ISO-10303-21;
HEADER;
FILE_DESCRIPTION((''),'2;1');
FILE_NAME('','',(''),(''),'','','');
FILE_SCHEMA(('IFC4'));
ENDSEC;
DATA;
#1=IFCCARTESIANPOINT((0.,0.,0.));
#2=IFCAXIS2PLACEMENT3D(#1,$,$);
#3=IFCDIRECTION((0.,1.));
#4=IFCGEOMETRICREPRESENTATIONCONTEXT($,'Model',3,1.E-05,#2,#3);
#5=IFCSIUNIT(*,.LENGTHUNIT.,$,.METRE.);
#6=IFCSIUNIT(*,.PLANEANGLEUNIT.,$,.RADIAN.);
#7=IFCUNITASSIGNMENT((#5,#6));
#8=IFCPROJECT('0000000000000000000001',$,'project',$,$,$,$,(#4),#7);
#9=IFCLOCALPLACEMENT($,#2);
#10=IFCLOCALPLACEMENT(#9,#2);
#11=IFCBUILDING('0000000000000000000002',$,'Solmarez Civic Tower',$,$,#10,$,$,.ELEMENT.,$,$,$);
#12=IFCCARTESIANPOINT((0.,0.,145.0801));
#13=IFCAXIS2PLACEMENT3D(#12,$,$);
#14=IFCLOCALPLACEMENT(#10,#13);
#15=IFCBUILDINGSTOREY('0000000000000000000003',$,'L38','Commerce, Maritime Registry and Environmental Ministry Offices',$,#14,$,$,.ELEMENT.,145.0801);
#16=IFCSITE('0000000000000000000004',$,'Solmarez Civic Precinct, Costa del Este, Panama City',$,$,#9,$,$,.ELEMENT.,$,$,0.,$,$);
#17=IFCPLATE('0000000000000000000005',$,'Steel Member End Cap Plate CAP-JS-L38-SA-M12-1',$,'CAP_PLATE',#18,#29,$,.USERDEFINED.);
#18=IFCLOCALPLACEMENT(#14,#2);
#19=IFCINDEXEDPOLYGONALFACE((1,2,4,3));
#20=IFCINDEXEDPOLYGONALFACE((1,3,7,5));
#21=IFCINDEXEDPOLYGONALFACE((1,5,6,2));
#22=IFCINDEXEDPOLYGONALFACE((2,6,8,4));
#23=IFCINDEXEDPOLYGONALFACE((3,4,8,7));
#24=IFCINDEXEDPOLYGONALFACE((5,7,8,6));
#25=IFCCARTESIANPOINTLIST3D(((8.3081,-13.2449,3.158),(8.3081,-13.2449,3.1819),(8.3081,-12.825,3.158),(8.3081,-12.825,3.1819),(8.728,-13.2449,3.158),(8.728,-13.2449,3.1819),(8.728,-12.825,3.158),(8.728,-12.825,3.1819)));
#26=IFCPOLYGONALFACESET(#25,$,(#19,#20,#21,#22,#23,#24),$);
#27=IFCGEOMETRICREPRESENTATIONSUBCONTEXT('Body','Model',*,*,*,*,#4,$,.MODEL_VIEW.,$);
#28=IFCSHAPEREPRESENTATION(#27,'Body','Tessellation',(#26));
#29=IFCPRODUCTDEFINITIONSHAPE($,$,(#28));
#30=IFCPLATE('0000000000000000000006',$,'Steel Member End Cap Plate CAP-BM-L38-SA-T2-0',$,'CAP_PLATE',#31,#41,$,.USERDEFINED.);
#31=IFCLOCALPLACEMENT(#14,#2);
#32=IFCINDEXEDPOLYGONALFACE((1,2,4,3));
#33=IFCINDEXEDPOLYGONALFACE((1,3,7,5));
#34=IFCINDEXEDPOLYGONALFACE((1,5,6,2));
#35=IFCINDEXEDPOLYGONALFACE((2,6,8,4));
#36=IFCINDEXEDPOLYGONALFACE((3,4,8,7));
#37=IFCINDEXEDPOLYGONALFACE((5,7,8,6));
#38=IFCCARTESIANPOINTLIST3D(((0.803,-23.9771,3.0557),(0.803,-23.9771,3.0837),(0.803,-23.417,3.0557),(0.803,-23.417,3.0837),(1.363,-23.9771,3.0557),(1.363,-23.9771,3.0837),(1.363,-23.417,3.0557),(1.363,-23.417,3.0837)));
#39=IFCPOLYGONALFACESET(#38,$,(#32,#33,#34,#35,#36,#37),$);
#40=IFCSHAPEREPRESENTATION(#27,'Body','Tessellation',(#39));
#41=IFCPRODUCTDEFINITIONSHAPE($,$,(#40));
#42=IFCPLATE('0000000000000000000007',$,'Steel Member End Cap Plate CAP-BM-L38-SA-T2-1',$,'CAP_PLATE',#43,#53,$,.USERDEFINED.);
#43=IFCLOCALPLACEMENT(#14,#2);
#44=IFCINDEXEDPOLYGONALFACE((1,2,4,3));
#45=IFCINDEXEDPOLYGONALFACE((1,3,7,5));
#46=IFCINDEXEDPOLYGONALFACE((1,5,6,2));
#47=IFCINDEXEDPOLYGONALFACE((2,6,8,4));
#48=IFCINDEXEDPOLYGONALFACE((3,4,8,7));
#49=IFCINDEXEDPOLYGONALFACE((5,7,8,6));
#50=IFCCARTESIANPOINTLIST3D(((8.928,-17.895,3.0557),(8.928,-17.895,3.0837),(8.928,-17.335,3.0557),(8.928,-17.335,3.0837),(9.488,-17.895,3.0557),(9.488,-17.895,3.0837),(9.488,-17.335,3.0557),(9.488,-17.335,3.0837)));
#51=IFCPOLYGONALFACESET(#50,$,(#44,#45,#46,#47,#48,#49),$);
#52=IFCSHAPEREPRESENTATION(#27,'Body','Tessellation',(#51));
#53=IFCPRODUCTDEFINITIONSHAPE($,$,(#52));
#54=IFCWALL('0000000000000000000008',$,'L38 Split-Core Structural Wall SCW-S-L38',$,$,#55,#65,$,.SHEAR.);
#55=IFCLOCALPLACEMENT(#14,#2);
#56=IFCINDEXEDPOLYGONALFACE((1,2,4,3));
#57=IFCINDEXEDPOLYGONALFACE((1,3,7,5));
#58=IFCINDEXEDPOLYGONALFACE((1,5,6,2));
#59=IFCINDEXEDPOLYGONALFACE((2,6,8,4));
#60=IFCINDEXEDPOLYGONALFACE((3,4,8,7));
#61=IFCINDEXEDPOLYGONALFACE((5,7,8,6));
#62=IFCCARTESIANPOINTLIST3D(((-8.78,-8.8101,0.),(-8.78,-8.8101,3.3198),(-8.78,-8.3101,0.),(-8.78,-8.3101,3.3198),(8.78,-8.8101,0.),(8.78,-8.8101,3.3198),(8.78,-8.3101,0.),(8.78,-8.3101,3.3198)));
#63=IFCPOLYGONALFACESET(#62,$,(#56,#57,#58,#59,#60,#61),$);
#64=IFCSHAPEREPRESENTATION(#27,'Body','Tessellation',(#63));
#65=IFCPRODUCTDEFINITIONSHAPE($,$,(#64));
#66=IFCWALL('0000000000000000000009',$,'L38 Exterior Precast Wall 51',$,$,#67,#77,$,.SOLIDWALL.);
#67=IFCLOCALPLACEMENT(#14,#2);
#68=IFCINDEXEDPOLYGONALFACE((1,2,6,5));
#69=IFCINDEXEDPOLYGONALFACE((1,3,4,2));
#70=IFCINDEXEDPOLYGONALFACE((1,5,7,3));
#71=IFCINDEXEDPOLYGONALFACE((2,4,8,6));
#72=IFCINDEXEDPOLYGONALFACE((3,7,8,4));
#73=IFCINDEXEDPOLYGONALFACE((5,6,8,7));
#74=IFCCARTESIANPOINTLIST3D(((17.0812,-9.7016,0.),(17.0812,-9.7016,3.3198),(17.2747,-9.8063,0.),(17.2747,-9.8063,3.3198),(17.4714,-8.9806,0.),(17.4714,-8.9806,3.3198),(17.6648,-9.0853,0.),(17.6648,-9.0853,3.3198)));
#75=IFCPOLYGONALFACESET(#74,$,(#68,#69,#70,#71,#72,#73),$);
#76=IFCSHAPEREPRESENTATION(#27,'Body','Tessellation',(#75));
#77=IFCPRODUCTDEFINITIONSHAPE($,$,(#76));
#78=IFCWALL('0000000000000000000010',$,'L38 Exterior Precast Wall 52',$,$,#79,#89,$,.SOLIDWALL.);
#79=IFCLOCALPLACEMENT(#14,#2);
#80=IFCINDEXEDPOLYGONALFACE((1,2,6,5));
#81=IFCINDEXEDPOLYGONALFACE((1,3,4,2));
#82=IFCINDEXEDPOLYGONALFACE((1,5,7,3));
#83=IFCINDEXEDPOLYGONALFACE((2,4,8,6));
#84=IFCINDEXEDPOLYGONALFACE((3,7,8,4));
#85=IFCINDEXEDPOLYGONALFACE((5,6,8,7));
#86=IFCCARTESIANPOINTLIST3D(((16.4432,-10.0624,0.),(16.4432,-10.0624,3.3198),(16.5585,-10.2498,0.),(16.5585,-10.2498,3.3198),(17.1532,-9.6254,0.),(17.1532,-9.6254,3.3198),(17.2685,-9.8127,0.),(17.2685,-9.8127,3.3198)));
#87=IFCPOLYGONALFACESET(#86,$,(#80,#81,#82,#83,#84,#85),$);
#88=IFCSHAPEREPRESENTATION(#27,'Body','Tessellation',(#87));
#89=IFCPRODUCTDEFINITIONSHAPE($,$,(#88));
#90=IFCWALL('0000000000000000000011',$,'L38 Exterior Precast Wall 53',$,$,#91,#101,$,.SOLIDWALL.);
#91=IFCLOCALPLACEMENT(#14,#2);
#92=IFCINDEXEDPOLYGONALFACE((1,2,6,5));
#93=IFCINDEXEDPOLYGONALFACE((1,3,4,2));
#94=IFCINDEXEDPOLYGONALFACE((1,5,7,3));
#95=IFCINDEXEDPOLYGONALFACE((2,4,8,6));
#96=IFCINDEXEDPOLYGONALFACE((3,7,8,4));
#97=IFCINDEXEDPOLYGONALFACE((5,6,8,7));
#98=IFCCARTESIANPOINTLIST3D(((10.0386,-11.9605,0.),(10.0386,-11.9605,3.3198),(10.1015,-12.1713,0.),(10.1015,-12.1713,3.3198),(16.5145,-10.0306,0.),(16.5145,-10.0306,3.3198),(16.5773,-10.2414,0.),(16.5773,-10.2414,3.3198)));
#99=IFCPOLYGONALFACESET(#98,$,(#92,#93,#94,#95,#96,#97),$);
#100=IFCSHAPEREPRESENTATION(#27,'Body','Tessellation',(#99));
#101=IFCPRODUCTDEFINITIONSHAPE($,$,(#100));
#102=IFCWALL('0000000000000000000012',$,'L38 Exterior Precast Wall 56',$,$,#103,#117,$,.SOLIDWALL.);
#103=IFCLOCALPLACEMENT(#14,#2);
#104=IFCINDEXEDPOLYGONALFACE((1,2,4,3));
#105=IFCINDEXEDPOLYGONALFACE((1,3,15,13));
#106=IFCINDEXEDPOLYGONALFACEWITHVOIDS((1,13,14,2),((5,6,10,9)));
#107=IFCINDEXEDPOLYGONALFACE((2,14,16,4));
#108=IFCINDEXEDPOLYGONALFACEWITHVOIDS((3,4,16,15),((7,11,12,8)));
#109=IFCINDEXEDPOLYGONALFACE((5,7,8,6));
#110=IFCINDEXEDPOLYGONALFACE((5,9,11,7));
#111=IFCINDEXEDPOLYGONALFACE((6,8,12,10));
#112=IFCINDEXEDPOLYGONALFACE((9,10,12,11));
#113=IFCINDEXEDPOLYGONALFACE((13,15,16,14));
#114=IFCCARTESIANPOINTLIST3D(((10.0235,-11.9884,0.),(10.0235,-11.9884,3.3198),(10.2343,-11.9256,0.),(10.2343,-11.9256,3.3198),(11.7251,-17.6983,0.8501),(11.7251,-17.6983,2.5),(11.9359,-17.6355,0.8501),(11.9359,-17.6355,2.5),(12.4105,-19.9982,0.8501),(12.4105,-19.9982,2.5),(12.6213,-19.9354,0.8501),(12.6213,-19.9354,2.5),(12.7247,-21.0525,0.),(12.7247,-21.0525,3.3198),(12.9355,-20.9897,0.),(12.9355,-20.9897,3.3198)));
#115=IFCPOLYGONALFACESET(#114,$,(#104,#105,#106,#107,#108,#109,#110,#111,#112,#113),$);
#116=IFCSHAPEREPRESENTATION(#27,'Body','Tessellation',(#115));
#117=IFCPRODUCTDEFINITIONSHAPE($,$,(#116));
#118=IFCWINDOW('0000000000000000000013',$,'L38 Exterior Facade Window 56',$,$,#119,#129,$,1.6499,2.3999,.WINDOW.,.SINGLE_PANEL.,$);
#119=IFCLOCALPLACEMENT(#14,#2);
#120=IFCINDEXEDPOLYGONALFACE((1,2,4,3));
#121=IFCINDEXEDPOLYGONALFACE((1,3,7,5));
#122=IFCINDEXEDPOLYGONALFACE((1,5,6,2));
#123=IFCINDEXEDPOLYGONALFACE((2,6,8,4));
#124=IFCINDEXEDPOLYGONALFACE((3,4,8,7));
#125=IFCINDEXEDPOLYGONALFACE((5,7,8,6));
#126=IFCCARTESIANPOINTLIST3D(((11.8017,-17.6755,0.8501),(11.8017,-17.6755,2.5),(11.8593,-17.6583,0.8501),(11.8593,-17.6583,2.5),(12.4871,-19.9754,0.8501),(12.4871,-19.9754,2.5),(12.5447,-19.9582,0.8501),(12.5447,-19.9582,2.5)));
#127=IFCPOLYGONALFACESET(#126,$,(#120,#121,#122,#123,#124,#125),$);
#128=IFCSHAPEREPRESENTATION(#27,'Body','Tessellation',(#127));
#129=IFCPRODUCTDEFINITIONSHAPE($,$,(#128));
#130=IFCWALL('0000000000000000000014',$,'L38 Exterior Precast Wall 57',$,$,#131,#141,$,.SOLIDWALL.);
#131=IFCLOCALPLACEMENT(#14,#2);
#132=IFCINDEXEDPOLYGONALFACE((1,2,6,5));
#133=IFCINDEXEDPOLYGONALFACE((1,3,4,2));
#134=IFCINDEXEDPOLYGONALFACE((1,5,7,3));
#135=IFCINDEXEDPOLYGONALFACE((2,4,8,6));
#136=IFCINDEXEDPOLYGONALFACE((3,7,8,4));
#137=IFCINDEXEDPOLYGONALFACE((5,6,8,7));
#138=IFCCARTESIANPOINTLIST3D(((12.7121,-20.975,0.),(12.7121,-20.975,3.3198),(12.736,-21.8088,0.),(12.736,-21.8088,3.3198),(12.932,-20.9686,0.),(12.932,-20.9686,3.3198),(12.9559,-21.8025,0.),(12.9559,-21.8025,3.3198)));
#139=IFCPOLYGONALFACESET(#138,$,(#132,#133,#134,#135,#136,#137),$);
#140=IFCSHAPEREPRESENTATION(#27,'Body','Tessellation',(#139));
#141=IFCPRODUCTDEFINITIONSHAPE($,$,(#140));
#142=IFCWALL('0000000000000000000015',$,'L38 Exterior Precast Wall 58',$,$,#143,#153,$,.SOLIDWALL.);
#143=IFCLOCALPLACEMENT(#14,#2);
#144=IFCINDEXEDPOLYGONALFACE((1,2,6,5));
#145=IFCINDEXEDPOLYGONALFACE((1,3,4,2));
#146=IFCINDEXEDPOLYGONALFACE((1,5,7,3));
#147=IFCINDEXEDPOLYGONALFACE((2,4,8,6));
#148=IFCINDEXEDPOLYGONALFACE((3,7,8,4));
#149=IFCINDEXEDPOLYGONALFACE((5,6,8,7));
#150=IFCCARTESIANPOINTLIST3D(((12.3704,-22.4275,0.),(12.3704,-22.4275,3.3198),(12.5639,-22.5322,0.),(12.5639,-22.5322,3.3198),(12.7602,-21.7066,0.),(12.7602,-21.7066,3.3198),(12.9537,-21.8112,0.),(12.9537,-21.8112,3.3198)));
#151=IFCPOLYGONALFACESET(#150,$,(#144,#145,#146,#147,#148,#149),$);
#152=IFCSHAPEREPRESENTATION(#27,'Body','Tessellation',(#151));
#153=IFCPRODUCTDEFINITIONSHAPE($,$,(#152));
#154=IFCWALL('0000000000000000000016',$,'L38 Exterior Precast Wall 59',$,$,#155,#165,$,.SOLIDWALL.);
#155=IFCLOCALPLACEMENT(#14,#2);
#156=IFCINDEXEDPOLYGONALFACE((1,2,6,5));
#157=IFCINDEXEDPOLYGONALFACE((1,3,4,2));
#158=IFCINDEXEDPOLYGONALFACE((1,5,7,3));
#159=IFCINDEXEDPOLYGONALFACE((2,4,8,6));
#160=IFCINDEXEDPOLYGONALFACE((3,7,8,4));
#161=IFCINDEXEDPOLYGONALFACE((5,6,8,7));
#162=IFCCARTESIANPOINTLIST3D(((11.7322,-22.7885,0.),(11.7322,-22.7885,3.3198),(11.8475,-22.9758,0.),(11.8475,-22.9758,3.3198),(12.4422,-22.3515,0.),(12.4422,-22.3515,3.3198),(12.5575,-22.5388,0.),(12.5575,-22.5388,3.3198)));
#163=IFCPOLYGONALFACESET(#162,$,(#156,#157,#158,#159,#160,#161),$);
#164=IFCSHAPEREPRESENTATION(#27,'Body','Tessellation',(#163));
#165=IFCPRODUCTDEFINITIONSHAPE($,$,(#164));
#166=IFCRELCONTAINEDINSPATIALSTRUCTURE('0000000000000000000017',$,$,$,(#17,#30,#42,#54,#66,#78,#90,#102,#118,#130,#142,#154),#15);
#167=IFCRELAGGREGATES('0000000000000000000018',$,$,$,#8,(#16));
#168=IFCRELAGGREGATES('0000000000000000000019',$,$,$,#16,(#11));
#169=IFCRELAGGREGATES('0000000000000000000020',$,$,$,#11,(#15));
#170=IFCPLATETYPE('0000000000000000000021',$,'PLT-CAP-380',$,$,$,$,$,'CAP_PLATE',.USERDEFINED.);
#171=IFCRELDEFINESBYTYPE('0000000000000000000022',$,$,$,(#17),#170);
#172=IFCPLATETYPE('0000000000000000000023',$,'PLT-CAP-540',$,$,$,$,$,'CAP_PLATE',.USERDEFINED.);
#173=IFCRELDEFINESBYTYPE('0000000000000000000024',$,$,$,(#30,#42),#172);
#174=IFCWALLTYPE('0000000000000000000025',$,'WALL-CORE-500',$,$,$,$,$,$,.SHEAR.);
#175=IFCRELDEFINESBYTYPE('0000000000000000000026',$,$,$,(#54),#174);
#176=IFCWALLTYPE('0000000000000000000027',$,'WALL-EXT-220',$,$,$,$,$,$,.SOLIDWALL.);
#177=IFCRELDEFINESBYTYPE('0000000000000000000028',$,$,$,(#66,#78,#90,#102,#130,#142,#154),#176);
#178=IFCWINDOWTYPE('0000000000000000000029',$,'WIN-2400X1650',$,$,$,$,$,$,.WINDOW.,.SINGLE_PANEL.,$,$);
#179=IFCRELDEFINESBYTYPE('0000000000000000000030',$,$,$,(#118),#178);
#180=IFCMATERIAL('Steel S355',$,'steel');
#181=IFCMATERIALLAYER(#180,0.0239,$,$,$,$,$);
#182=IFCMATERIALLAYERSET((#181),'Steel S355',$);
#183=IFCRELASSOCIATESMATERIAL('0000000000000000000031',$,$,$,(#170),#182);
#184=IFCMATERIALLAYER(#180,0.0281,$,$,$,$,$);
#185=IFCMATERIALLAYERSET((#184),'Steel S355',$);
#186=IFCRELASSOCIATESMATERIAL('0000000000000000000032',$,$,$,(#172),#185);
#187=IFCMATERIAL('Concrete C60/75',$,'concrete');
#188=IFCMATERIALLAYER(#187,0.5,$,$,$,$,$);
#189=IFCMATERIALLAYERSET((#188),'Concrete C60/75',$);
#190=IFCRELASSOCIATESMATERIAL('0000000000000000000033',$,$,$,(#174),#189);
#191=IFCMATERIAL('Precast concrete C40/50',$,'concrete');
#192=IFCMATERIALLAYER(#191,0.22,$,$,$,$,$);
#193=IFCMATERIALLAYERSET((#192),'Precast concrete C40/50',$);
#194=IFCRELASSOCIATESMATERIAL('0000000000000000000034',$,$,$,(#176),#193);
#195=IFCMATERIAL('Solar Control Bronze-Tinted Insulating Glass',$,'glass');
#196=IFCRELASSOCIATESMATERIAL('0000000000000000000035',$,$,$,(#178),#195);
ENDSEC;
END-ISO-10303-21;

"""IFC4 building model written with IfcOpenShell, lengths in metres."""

from ifc_helpers import new_model, si_unit, direction, frame, frame_2d, origin, origin_2d, place, context, subcontext, project, spatial, rectangle, extrude, material, layer, layer_set, type_object, element, fill, save


model = new_model("IFC4")

# Units and contexts
model_context = context("Model", 3, precision=1e-05, world=origin(), true_north=direction((0.0, 1.0)))
body_context = subcontext(model_context, "Body", "Model", "MODEL_VIEW")
ifc_project = project(units=[si_unit("LENGTHUNIT", "METRE"), si_unit("PLANEANGLEUNIT", "RADIAN")], contexts=[model_context])

# Site, building, storey
site_placement = place(None, origin())
site = spatial("IfcSite", under=ifc_project, at=site_placement, Name="Solmarez Civic Precinct, Costa del Este, Panama City", CompositionType="ELEMENT", RefElevation=0.0)
building_placement = place(site_placement, origin())
building = spatial("IfcBuilding", under=site, at=building_placement, Name="Solmarez Civic Tower", CompositionType="ELEMENT")
storey_placement = place(building_placement, frame((0.0, 0.0, 145.0801)))
storey = spatial("IfcBuildingStorey", under=building, at=storey_placement, Name="L38", Description="Commerce, Maritime Registry and Environmental Ministry Offices", CompositionType="ELEMENT", Elevation=145.0801)

# Shared definitions
ifc_material_1 = material(Name="Steel S355", Category="steel")

# Plates
ifc_layer_1 = layer(ifc_material_1, 0.0239)
ifc_layer_set_1 = layer_set([ifc_layer_1], Name="Steel S355")
plate_type_1 = type_object("IfcPlateType", Name="PLT-CAP-380", ElementType="CAP_PLATE", PredefinedType="USERDEFINED", material=ifc_layer_set_1)
for number, where, z_axis, x_axis, name in (
    (1, (8.5181, -13.0349, 3.158), (0.0, 0.0, 1.0), (1.0, 0.0, 0.0), "Steel Member End Cap Plate CAP-JS-L38-SA-M12-1"),
):
    element("IfcPlate", number, at=place(storey_placement, frame(where, z_axis=z_axis, x_axis=x_axis)), inside=storey, type_object=plate_type_1, Name=name, ObjectType="CAP_PLATE", PredefinedType="USERDEFINED", context=body_context, shape_type="SweptSolid", body=[
        extrude(rectangle(XDim=0.4199, YDim=0.4199, at=origin_2d()), origin(), (0.0, 0.0, 1.0), 0.0239),
    ])
ifc_layer_2 = layer(ifc_material_1, 0.0281)
ifc_layer_set_2 = layer_set([ifc_layer_2], Name="Steel S355")
plate_type_2 = type_object("IfcPlateType", Name="PLT-CAP-540", ElementType="CAP_PLATE", PredefinedType="USERDEFINED", material=ifc_layer_set_2)
for number, where, z_axis, x_axis, name in (
    (2, (1.083, -23.697, 3.0557), (0.0, 0.0, 1.0), (1.0, 0.0, 0.0), "Steel Member End Cap Plate CAP-BM-L38-SA-T2-0"),
    (3, (9.208, -17.615, 3.0557), (0.0, 0.0, 1.0), (1.0, 0.0, 0.0), "Steel Member End Cap Plate CAP-BM-L38-SA-T2-1"),
):
    element("IfcPlate", number, at=place(storey_placement, frame(where, z_axis=z_axis, x_axis=x_axis)), inside=storey, type_object=plate_type_2, Name=name, ObjectType="CAP_PLATE", PredefinedType="USERDEFINED", context=body_context, shape_type="SweptSolid", body=[
        extrude(rectangle(XDim=0.5601, YDim=0.5601, at=origin_2d()), origin(), (0.0, 0.0, 1.0), 0.0281),
    ])

# Walls
ifc_material_2 = material(Name="Concrete C60/75", Category="concrete")
ifc_layer_3 = layer(ifc_material_2, 0.5)
ifc_layer_set_3 = layer_set([ifc_layer_3], Name="Concrete C60/75")
wall_type_1 = type_object("IfcWallType", Name="WALL-CORE-500", PredefinedType="SHEAR", material=ifc_layer_set_3)
wall_1_placement = place(storey_placement, frame((8.78, -8.5601, 0.0), z_axis=(0.0, 0.0, 1.0), x_axis=(-1.0, 0.0, 0.0)))
element("IfcWall", 4, at=wall_1_placement, inside=storey, type_object=wall_type_1, Name="L38 Split-Core Structural Wall SCW-S-L38", PredefinedType="SHEAR", context=body_context, shape_type="SweptSolid", body=[
    extrude(rectangle(XDim=17.5601, YDim=0.5, at=frame_2d((8.78, 0.0))), origin(), (0.0, 0.0, 1.0), 3.3198),
])
ifc_material_3 = material(Name="Precast concrete C40/50", Category="concrete")
ifc_layer_4 = layer(ifc_material_3, 0.22)
ifc_layer_set_4 = layer_set([ifc_layer_4], Name="Precast concrete C40/50")
wall_type_2 = type_object("IfcWallType", Name="WALL-EXT-220", PredefinedType="SOLIDWALL", material=ifc_layer_set_4)
wall_2_placement = place(storey_placement, frame((17.5681, -9.033, 0.0), z_axis=(0.0, 0.0, 1.0), x_axis=(-0.475928, -0.879484, 0.0)))
element("IfcWall", 5, at=wall_2_placement, inside=storey, type_object=wall_type_2, Name="L38 Exterior Precast Wall 51", PredefinedType="SOLIDWALL", context=body_context, shape_type="SweptSolid", body=[
    extrude(rectangle(XDim=0.8198, YDim=0.22, at=frame_2d((0.4099, 0.0))), origin(), (0.0, 0.0, 1.0), 3.3198),
])
wall_3_placement = place(storey_placement, frame((17.2109, -9.719, 0.0), z_axis=(0.0, 0.0, 1.0), x_axis=(-0.851598, -0.524195, 0.0)))
element("IfcWall", 6, at=wall_3_placement, inside=storey, type_object=wall_type_2, Name="L38 Exterior Precast Wall 52", PredefinedType="SOLIDWALL", context=body_context, shape_type="SweptSolid", body=[
    extrude(rectangle(XDim=0.8337, YDim=0.22, at=frame_2d((0.417, 0.0))), origin(), (0.0, 0.0, 1.0), 3.3198),
])
wall_4_placement = place(storey_placement, frame((16.5459, -10.136, 0.0), z_axis=(0.0, 0.0, 1.0), x_axis=(-0.958347, -0.285607, 0.0)))
element("IfcWall", 7, at=wall_4_placement, inside=storey, type_object=wall_type_2, Name="L38 Exterior Precast Wall 53", PredefinedType="SOLIDWALL", context=body_context, shape_type="SweptSolid", body=[
    extrude(rectangle(XDim=6.7573, YDim=0.22, at=frame_2d((3.3787, 0.0))), origin(), (0.0, 0.0, 1.0), 3.3198),
])

# Wall, opening, window
wall_5_placement = place(storey_placement, frame((10.1289, -11.957, 0.0), z_axis=(0.0, 0.0, 1.0), x_axis=(0.2856, -0.958349, 0.0)))
wall_5 = element("IfcWall", 8, at=wall_5_placement, inside=storey, type_object=wall_type_2, Name="L38 Exterior Precast Wall 56", PredefinedType="SOLIDWALL", context=body_context, shape_type="SweptSolid", body=[
    extrude(rectangle(XDim=9.458, YDim=0.22, at=frame_2d((4.729, 0.0))), origin(), (0.0, 0.0, 1.0), 3.3198),
])
opening_1_placement = place(wall_5_placement, frame((5.958, 0.0, 0.8501)))
opening_1 = element("IfcOpeningElement", 9, at=opening_1_placement, cuts=wall_5, PredefinedType="OPENING", context=body_context, shape_type="SweptSolid", body=[
    extrude(rectangle(XDim=2.3999, YDim=1.6499, at=frame_2d((1.2, 0.825))), frame((0.0, 0.1199, 0.0), z_axis=(0.0, -1.0, 0.0), x_axis=(1.0, 0.0, 0.0)), (0.0, 0.0, 1.0), 0.24),
])
ifc_material_4 = material(Name="Solar Control Bronze-Tinted Insulating Glass", Category="glass")
window_type_1 = type_object("IfcWindowType", Name="WIN-2400X1650", PartitioningType="SINGLE_PANEL", PredefinedType="WINDOW", material=ifc_material_4)
window_1_placement = place(opening_1_placement, origin())
window_1 = element("IfcWindow", 10, at=window_1_placement, inside=storey, type_object=window_type_1, Name="L38 Exterior Facade Window 56", OverallHeight=1.6499, OverallWidth=2.3999, PartitioningType="SINGLE_PANEL", PredefinedType="WINDOW", context=body_context, shape_type="SweptSolid", body=[
    extrude(rectangle(XDim=2.3999, YDim=1.6499, at=frame_2d((1.2, 0.825))), frame((0.0, 0.03, 0.0), z_axis=(0.0, -1.0, 0.0), x_axis=(1.0, 0.0, 0.0)), (0.0, 0.0, 1.0), 0.0601),
])
fill(opening_1, window_1)

# Walls
wall_6_placement = place(storey_placement, frame((12.822, -20.9719, 0.0), z_axis=(0.0, 0.0, 1.0), x_axis=(0.028677, -0.999589, 0.0)))
element("IfcWall", 11, at=wall_6_placement, inside=storey, type_object=wall_type_2, Name="L38 Exterior Precast Wall 57", PredefinedType="SOLIDWALL", context=body_context, shape_type="SweptSolid", body=[
    extrude(rectangle(XDim=0.8342, YDim=0.22, at=frame_2d((0.417, 0.0))), origin(), (0.0, 0.0, 1.0), 3.3198),
])
wall_7_placement = place(storey_placement, frame((12.8569, -21.759, 0.0), z_axis=(0.0, 0.0, 1.0), x_axis=(-0.475698, -0.879609, 0.0)))
element("IfcWall", 12, at=wall_7_placement, inside=storey, type_object=wall_type_2, Name="L38 Exterior Precast Wall 58", PredefinedType="SOLIDWALL", context=body_context, shape_type="SweptSolid", body=[
    extrude(rectangle(XDim=0.8196, YDim=0.22, at=frame_2d((0.4097, 0.0))), origin(), (0.0, 0.0, 1.0), 3.3198),
])
wall_8_placement = place(storey_placement, frame((12.5, -22.4451, 0.0), z_axis=(0.0, 0.0, 1.0), x_axis=(-0.851598, -0.524195, 0.0)))
element("IfcWall", 13, at=wall_8_placement, inside=storey, type_object=wall_type_2, Name="L38 Exterior Precast Wall 59", PredefinedType="SOLIDWALL", context=body_context, shape_type="SweptSolid", body=[
    extrude(rectangle(XDim=0.8337, YDim=0.22, at=frame_2d((0.417, 0.0))), origin(), (0.0, 0.0, 1.0), 3.3198),
])

save(model, "model.ifc")
